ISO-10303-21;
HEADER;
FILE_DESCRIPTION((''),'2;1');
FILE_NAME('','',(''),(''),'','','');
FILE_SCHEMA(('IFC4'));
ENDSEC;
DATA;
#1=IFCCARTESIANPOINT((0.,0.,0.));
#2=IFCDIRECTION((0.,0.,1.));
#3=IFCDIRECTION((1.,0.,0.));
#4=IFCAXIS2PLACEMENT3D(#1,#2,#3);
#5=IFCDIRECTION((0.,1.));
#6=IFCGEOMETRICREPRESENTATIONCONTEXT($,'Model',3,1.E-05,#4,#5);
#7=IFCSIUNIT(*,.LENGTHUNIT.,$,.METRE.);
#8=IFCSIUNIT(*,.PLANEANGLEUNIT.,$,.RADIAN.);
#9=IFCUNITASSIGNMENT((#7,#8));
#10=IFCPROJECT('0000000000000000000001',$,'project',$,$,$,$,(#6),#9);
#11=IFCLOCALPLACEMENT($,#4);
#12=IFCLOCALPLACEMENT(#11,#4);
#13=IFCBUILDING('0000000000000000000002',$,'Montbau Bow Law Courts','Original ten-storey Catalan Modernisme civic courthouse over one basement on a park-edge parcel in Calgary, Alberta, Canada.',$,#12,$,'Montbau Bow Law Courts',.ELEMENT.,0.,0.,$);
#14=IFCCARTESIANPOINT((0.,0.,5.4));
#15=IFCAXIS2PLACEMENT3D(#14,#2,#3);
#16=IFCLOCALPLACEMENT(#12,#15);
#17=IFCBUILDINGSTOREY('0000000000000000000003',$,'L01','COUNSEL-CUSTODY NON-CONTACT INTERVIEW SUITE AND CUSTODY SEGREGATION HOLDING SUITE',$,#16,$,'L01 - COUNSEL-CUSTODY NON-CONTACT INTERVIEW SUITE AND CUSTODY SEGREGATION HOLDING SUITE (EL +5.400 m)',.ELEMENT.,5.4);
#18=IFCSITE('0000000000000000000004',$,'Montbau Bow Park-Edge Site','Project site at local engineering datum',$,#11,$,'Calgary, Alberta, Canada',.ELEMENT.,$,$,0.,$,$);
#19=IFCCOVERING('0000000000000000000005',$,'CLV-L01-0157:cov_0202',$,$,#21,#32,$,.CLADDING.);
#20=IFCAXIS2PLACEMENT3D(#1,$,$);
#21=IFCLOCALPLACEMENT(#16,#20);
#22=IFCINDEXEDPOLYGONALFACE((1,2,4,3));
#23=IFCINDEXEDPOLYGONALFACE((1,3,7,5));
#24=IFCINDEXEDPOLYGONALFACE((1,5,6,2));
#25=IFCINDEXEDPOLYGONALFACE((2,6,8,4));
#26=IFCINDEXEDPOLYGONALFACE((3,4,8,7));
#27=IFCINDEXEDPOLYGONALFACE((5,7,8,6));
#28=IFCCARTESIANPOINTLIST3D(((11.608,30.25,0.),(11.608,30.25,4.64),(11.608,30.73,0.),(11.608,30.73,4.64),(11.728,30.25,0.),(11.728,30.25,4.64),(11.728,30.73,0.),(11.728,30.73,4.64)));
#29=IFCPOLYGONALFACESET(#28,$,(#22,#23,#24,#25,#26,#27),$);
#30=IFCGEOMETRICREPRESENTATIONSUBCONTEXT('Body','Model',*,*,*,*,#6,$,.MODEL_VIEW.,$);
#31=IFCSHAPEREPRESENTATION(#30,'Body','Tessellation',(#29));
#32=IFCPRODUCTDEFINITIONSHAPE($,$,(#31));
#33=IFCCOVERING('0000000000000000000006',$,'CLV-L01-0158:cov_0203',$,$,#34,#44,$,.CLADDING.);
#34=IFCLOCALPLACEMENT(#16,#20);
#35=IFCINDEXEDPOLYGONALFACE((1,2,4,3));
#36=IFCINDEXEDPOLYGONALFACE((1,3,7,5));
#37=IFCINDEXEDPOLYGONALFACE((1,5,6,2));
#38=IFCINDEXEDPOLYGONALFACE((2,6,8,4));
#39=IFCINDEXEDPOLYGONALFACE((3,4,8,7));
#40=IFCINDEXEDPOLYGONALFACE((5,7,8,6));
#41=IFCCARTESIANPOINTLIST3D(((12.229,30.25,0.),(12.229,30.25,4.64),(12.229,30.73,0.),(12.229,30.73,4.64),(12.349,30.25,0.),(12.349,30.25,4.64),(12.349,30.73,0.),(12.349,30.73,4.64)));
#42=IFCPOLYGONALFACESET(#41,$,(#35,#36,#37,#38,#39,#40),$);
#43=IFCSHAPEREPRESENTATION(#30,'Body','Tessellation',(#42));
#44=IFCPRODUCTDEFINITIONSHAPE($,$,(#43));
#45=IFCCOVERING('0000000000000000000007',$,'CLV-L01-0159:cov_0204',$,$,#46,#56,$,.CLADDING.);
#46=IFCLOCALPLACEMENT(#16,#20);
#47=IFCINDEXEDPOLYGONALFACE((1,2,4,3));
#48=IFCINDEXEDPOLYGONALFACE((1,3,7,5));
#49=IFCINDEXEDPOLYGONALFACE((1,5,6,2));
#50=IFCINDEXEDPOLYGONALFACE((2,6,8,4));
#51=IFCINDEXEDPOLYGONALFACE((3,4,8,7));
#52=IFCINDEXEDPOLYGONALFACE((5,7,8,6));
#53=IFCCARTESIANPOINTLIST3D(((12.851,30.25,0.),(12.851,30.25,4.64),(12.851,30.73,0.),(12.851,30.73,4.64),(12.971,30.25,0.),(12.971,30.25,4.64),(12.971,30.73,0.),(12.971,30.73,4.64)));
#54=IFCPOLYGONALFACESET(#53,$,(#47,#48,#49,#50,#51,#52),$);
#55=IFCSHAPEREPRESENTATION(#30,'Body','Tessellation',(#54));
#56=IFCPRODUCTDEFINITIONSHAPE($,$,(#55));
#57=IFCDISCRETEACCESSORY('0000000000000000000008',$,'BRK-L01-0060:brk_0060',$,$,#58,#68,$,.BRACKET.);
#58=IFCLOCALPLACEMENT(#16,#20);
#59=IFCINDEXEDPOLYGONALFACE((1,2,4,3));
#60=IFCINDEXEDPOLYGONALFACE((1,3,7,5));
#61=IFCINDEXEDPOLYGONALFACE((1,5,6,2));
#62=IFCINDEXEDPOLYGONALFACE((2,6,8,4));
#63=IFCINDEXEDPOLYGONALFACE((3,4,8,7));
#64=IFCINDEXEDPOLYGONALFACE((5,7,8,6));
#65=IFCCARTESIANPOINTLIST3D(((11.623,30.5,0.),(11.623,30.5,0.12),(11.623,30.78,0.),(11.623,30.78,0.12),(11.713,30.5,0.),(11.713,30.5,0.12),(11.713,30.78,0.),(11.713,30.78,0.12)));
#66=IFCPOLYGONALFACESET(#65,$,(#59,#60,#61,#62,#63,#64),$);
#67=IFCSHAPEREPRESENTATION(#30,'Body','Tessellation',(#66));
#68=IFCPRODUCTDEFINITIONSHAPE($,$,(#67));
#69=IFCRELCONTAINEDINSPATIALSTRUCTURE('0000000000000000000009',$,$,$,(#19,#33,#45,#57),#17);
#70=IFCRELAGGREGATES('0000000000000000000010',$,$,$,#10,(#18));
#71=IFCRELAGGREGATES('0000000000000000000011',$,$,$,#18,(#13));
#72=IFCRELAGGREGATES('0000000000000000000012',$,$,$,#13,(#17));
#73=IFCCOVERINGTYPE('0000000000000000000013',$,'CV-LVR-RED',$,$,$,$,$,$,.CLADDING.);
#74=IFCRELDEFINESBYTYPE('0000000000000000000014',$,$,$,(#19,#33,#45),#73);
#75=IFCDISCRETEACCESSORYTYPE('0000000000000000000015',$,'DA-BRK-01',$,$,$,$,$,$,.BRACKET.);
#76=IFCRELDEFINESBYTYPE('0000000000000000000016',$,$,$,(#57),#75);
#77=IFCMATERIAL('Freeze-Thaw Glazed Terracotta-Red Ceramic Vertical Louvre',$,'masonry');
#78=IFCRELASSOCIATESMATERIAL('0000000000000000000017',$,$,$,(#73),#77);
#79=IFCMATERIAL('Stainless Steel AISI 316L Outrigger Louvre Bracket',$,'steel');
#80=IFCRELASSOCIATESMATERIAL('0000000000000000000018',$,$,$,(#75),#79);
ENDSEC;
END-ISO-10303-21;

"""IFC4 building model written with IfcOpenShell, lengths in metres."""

from ifc_helpers import new_model, si_unit, direction, frame, frame_2d, origin_with_axes, origin_2d_with_axis, place, context, subcontext, project, spatial, rectangle, extrude, material, type_object, element, save


model = new_model("IFC4")

# Units and contexts
model_context = context("Model", 3, precision=1e-05, world=origin_with_axes(), true_north=direction((0.0, 1.0)))
body_context = subcontext(model_context, "Body", "Model", "MODEL_VIEW")
ifc_project = project(units=[si_unit("LENGTHUNIT", "METRE"), si_unit("PLANEANGLEUNIT", "RADIAN")], contexts=[model_context])

# Site, building, storey
site_placement = place(None, origin_with_axes())
site = spatial("IfcSite", under=ifc_project, at=site_placement, Name="Montbau Bow Park-Edge Site", Description="Project site at local engineering datum", LongName="Calgary, Alberta, Canada", CompositionType="ELEMENT", RefElevation=0.0)
building_placement = place(site_placement, origin_with_axes())
building = spatial("IfcBuilding", under=site, at=building_placement, Name="Montbau Bow Law Courts", Description="Original ten-storey Catalan Modernisme civic courthouse over one basement on a park-edge parcel in Calgary, Alberta, Canada.", LongName="Montbau Bow Law Courts", CompositionType="ELEMENT", ElevationOfRefHeight=0.0, ElevationOfTerrain=0.0)
storey_placement = place(building_placement, frame((0.0, 0.0, 5.4), z_axis=(0.0, 0.0, 1.0), x_axis=(1.0, 0.0, 0.0)))
storey = spatial("IfcBuildingStorey", under=building, at=storey_placement, Name="L01", Description="COUNSEL-CUSTODY NON-CONTACT INTERVIEW SUITE AND CUSTODY SEGREGATION HOLDING SUITE", LongName="L01 - COUNSEL-CUSTODY NON-CONTACT INTERVIEW SUITE AND CUSTODY SEGREGATION HOLDING SUITE (EL +5.400 m)", CompositionType="ELEMENT", Elevation=5.4)

# Coverings
ifc_material_1 = material(Name="Freeze-Thaw Glazed Terracotta-Red Ceramic Vertical Louvre", Category="masonry")
covering_type = type_object("IfcCoveringType", Name="CV-LVR-RED", PredefinedType="CLADDING", material=ifc_material_1)
for number, where, z_axis, x_axis, name in (
    (1, (11.668, 30.73, 5.4), (-1.0, 0.0, 0.0), (0.0, -1.0, 0.0), "CLV-L01-0157:cov_0202"),
    (2, (12.289, 30.73, 5.4), (-1.0, 0.0, 0.0), (0.0, -1.0, 0.0), "CLV-L01-0158:cov_0203"),
    (3, (12.911, 30.73, 5.4), (-1.0, 0.0, 0.0), (0.0, -1.0, 0.0), "CLV-L01-0159:cov_0204"),
):
    element("IfcCovering", number, at=place(None, frame(where, z_axis=z_axis, x_axis=x_axis)), inside=storey, type_object=covering_type, Name=name, PredefinedType="CLADDING", context=body_context, shape_type="SweptSolid", body=[
        extrude(rectangle(XDim=0.48, YDim=4.64, at=frame_2d((0.24, 2.32), x_axis=(1.0, 0.0))), frame((0.0, 0.0, -0.06), z_axis=(0.0, 0.0, 1.0), x_axis=(1.0, 0.0, 0.0)), (0.0, 0.0, 1.0), 0.12),
    ])

# Discrete accessory
ifc_material_2 = material(Name="Stainless Steel AISI 316L Outrigger Louvre Bracket", Category="steel")
discrete_accessory_type = type_object("IfcDiscreteAccessoryType", Name="DA-BRK-01", PredefinedType="BRACKET", material=ifc_material_2)
discrete_accessory_placement = place(None, frame((11.668, 30.64, 5.4), z_axis=(0.0, 0.0, 1.0), x_axis=(0.0, -1.0, 0.0)))
element("IfcDiscreteAccessory", 4, at=discrete_accessory_placement, inside=storey, type_object=discrete_accessory_type, Name="BRK-L01-0060:brk_0060", PredefinedType="BRACKET", context=body_context, shape_type="SweptSolid", body=[
    extrude(rectangle(XDim=0.28, YDim=0.09, at=origin_2d_with_axis()), origin_with_axes(), (0.0, 0.0, 1.0), 0.12),
])

save(model, "model.ifc")
